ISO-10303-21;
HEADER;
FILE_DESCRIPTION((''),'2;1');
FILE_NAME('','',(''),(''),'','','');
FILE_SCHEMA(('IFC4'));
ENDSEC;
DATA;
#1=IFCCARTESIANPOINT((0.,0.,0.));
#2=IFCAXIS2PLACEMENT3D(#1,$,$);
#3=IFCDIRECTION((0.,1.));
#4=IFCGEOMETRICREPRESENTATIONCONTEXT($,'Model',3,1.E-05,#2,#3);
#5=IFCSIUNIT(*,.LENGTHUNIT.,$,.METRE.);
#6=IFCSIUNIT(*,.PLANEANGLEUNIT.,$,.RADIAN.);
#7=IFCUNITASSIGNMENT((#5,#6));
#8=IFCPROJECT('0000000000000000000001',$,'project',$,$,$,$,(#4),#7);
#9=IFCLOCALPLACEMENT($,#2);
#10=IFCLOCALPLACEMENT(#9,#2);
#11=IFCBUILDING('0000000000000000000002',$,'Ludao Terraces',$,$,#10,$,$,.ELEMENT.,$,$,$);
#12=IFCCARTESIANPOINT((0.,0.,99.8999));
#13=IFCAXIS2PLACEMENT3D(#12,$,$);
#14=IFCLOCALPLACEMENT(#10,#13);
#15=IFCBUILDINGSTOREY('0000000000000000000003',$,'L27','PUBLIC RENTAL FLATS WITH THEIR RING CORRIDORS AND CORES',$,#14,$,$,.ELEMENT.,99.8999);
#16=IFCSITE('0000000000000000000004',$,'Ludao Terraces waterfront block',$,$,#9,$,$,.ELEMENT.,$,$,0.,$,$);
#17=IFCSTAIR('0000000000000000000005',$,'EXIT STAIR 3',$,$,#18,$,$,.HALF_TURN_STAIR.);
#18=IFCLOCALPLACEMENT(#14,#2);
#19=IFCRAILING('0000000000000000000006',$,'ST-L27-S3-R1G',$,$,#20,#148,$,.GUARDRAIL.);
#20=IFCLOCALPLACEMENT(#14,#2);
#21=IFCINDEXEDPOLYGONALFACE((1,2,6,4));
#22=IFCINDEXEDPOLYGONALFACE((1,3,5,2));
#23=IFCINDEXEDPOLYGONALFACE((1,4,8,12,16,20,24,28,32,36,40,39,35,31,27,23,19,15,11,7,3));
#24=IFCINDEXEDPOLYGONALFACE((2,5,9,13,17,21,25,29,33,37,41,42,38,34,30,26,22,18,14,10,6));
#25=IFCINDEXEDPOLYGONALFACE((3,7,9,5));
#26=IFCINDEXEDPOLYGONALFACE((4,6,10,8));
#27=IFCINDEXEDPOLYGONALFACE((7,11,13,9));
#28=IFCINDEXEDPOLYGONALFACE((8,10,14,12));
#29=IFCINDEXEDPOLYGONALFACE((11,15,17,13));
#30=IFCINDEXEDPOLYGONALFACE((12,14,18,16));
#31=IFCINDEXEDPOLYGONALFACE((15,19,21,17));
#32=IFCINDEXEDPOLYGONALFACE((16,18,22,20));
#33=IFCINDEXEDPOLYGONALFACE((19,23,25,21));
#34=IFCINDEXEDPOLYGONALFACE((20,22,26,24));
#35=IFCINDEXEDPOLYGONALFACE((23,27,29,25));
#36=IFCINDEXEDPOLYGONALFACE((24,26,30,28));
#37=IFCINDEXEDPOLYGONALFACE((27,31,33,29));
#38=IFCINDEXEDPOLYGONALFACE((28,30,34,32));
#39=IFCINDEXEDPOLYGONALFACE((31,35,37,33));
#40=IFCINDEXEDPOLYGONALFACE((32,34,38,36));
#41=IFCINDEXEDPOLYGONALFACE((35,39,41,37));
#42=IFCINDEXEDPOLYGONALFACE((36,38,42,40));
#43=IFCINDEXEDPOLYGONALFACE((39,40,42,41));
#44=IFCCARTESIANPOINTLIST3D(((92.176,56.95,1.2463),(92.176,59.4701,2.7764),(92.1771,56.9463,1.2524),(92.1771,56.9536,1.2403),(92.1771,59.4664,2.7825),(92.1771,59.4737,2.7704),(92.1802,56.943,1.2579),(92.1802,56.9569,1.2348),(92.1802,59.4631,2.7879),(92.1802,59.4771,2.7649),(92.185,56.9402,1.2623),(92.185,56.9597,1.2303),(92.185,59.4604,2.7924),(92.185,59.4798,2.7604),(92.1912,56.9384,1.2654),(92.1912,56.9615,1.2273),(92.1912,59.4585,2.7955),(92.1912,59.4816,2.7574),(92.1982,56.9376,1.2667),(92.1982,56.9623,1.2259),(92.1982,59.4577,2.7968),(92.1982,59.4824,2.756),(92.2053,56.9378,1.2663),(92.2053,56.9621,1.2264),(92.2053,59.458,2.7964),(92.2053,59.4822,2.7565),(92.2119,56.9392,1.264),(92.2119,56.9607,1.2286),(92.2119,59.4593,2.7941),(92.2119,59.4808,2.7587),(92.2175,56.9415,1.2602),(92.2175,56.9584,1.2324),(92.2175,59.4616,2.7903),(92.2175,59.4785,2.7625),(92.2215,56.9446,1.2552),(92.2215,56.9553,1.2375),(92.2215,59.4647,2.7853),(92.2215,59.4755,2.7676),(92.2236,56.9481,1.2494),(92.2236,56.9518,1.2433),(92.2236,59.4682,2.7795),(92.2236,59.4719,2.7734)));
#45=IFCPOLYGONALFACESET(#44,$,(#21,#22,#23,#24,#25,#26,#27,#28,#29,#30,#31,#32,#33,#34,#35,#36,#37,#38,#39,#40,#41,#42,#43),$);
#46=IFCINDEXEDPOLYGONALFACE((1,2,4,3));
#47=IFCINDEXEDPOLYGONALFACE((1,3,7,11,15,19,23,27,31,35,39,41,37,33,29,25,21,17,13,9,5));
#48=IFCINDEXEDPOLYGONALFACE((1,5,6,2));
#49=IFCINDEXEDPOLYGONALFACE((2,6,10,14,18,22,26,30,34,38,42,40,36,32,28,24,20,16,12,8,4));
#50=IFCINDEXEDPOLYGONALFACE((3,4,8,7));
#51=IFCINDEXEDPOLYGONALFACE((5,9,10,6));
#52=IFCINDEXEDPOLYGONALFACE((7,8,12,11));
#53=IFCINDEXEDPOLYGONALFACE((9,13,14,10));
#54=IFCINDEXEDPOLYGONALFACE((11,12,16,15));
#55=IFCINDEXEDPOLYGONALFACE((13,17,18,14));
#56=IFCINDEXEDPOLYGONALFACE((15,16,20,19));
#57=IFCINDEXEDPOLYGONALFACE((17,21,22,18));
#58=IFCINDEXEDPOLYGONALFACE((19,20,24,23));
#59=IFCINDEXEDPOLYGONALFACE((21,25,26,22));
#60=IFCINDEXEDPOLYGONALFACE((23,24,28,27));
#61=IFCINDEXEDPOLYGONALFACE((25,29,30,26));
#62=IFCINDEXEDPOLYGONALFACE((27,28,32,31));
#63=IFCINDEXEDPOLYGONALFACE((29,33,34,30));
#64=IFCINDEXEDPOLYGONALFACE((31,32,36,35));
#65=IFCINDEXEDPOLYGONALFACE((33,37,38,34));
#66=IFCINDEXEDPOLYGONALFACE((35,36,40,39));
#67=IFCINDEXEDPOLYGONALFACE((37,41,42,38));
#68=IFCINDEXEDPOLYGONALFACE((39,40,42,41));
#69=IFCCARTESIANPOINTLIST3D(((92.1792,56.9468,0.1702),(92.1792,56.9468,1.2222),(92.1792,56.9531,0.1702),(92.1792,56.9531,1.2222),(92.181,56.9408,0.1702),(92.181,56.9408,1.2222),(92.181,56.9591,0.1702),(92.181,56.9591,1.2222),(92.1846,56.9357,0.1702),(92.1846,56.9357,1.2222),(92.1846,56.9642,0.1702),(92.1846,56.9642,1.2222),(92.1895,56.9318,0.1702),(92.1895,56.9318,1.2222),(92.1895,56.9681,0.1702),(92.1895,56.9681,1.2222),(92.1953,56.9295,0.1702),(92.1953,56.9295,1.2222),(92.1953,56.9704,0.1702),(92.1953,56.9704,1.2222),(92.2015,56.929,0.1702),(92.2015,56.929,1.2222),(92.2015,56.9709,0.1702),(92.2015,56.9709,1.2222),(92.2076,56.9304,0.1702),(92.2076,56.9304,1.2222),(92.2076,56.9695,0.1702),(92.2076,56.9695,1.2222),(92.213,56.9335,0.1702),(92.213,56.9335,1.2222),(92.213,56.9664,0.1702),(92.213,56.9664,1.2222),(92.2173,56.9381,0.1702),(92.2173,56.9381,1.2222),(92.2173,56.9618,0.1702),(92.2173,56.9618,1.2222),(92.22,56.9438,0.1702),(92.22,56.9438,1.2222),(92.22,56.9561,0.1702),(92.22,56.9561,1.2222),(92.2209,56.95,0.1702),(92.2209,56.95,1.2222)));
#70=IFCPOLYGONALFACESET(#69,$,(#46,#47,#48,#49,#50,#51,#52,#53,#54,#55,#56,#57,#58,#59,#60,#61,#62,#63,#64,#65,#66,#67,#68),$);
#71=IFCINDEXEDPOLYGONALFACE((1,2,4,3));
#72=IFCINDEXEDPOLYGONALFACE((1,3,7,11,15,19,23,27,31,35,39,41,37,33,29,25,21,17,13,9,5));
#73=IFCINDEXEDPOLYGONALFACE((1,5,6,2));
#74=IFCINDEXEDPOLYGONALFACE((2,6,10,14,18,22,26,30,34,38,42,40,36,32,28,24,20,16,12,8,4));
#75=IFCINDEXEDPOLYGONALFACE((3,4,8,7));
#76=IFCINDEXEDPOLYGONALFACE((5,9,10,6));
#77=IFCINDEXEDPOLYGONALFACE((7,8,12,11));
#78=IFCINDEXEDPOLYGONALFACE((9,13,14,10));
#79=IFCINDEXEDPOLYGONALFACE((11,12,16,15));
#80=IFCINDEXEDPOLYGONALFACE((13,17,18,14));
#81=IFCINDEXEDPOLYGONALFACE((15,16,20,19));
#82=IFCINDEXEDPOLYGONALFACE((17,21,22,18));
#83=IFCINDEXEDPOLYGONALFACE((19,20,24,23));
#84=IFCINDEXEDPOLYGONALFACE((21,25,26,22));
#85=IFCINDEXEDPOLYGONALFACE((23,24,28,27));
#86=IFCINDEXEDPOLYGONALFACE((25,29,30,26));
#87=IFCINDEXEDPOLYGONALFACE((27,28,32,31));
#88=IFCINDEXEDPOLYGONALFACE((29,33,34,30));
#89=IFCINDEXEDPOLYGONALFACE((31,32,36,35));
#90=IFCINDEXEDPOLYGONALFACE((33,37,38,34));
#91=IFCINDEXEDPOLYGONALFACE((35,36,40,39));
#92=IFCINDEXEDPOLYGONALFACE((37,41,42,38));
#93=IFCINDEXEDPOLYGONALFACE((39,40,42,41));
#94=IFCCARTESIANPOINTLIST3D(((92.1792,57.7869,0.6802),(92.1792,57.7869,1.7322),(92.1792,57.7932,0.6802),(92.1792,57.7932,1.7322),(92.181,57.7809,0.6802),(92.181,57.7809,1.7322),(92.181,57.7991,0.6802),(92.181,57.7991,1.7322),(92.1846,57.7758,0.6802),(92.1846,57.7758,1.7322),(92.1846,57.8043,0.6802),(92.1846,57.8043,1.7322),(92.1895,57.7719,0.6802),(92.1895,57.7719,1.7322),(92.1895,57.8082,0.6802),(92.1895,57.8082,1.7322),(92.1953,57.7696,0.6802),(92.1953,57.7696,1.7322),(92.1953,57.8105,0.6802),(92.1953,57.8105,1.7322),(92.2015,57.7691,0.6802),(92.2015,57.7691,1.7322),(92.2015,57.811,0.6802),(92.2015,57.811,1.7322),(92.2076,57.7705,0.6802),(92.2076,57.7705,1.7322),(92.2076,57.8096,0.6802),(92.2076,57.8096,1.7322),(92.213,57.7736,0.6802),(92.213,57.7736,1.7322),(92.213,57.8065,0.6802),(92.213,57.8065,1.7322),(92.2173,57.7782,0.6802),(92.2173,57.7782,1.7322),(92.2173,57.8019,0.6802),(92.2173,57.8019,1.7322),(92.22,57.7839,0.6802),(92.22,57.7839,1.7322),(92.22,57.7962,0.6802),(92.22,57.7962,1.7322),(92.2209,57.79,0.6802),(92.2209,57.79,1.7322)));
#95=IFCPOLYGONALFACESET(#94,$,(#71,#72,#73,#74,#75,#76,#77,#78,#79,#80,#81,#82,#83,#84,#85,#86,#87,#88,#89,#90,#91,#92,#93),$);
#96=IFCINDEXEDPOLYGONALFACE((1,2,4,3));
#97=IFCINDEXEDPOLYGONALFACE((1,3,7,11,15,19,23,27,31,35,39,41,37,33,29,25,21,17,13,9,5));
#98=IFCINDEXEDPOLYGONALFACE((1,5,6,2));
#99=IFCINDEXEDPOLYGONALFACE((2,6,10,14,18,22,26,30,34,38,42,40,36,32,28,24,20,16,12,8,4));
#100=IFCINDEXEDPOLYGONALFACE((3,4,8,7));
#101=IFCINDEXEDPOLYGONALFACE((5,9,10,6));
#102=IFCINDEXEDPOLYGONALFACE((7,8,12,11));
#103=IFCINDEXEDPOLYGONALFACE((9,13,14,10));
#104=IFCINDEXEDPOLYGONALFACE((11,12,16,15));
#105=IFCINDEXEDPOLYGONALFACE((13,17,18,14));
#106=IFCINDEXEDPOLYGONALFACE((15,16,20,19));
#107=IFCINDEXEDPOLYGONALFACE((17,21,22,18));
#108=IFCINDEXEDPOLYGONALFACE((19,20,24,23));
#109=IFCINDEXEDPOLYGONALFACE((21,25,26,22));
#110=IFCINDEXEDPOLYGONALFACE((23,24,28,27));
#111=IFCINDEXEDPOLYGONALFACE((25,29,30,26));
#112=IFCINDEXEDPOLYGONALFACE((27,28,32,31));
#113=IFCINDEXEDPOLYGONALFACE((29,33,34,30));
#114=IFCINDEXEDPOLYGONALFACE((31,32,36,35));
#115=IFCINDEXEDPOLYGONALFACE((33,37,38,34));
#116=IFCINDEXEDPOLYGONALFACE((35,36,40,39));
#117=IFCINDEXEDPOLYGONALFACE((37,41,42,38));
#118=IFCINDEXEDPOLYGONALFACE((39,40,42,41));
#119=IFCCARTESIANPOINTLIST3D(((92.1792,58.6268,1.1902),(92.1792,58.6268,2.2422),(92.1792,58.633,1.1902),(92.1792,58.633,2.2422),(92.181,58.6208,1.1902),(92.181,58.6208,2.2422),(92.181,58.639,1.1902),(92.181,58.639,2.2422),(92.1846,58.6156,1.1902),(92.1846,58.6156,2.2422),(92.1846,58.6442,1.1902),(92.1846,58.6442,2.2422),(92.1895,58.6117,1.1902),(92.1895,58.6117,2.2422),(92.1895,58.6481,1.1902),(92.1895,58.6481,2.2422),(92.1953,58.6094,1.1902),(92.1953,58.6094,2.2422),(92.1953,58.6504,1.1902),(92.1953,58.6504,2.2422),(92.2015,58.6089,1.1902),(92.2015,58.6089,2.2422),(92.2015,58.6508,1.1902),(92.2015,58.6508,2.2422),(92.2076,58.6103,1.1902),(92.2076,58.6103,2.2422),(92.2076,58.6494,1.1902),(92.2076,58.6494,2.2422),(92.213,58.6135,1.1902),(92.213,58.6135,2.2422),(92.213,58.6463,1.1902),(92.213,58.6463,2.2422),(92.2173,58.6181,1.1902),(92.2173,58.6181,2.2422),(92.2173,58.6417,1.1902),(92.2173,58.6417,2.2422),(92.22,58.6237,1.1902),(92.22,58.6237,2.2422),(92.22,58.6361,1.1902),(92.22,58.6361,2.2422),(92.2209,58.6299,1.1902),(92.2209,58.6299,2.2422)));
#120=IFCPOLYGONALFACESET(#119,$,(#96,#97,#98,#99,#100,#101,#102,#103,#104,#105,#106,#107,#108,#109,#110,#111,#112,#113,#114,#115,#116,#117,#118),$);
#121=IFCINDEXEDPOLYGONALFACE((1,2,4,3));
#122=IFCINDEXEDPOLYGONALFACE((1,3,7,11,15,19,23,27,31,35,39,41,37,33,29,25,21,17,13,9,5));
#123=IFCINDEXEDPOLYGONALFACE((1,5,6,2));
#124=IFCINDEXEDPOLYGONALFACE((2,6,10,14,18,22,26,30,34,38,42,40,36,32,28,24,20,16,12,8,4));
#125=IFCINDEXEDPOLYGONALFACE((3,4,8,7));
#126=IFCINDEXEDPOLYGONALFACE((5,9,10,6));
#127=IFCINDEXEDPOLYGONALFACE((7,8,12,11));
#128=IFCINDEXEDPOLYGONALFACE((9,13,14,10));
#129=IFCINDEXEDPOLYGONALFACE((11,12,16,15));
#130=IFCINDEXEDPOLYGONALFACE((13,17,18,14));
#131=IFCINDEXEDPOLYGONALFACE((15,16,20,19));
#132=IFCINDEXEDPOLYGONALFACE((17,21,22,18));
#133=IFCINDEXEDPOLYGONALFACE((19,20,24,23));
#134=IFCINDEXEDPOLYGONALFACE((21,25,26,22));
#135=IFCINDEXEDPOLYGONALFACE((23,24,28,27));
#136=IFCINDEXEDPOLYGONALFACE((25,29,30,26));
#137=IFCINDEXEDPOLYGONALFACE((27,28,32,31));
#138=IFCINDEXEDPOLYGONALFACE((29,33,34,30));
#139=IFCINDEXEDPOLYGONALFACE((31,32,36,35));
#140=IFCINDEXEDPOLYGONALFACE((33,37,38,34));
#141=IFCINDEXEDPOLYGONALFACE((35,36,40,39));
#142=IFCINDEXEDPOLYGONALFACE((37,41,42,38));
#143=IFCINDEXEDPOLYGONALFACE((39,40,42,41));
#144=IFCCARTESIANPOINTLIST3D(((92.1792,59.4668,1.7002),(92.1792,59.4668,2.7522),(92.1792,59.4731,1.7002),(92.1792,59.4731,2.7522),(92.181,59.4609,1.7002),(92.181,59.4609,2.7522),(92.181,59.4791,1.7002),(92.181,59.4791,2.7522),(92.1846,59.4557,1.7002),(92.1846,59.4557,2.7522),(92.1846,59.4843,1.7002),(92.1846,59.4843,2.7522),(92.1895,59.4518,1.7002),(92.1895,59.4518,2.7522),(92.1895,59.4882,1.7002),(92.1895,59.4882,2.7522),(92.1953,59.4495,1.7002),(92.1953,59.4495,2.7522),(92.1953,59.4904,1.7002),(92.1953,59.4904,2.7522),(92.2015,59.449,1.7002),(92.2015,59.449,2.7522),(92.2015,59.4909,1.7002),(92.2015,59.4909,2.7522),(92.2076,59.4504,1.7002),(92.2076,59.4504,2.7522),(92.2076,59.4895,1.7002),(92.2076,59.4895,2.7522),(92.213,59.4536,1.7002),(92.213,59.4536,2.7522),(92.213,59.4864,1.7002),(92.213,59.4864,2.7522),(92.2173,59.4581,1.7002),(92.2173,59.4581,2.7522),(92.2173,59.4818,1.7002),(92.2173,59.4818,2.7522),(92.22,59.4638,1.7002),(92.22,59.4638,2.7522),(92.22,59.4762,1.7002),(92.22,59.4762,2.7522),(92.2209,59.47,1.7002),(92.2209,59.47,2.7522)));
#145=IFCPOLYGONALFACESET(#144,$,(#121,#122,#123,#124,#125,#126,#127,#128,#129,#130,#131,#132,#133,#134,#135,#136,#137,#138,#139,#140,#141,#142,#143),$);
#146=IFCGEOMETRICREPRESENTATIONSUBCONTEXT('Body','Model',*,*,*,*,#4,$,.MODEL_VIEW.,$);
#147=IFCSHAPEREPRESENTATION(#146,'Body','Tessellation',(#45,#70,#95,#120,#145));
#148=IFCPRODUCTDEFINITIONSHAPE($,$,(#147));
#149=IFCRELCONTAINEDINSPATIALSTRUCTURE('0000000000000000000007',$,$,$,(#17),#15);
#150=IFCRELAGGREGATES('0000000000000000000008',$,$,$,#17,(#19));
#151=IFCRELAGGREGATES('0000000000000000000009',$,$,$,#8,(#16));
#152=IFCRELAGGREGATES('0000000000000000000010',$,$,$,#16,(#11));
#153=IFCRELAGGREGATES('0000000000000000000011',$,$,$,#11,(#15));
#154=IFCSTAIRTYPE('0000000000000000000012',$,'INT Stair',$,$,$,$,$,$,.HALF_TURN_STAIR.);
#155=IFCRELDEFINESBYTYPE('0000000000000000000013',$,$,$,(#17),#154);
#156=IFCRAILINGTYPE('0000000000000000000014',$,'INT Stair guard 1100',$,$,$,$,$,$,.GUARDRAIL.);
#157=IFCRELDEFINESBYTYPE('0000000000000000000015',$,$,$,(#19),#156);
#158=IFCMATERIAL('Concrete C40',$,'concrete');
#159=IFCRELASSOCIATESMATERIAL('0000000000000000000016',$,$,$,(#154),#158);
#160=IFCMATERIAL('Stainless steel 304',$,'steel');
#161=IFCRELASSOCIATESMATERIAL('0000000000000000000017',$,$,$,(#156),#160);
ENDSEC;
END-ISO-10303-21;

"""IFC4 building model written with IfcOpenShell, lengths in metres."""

from ifc_helpers import new_model, si_unit, direction, frame, origin, origin_2d, place, context, subcontext, project, spatial, circle, extrude, material, type_object, element, aggregate, save


model = new_model("IFC4")

# Units and contexts
model_context = context("Model", 3, precision=1e-05, world=origin(), true_north=direction((0.0, 1.0)))
body_context = subcontext(model_context, "Body", "Model", "MODEL_VIEW")
ifc_project = project(units=[si_unit("LENGTHUNIT", "METRE"), si_unit("PLANEANGLEUNIT", "RADIAN")], contexts=[model_context])

# Site, building, storey
site_placement = place(None, origin())
site = spatial("IfcSite", under=ifc_project, at=site_placement, Name="Ludao Terraces waterfront block", CompositionType="ELEMENT", RefElevation=0.0)
building_placement = place(site_placement, origin())
building = spatial("IfcBuilding", under=site, at=building_placement, Name="Ludao Terraces", CompositionType="ELEMENT")
storey_placement = place(building_placement, frame((0.0, 0.0, 99.8999)))
storey = spatial("IfcBuildingStorey", under=building, at=storey_placement, Name="L27", Description="PUBLIC RENTAL FLATS WITH THEIR RING CORRIDORS AND CORES", CompositionType="ELEMENT", Elevation=99.8999)

# Shared definitions
ifc_material_1 = material(Name="Concrete C40", Category="concrete")

# Stair, railing
stair_type = type_object("IfcStairType", Name="INT Stair", PredefinedType="HALF_TURN_STAIR", material=ifc_material_1)
stair_placement = place(storey_placement, origin())
stair = element("IfcStair", 1, at=stair_placement, inside=storey, type_object=stair_type, Name="EXIT STAIR 3", PredefinedType="HALF_TURN_STAIR")
ifc_material_2 = material(Name="Stainless steel 304", Category="steel")
railing_type_1 = type_object("IfcRailingType", Name="INT Stair guard 1100", PredefinedType="GUARDRAIL", material=ifc_material_2)
railing_1_placement = place(storey_placement, frame((92.2, 56.95, 0.1702)))
railing_1 = element("IfcRailing", 2, at=railing_1_placement, type_object=railing_type_1, Name="ST-L27-S3-R1G", PredefinedType="GUARDRAIL", context=body_context, shape_type="SweptSolid", body=[
    extrude(circle(Radius=0.0239, at=origin_2d()), frame((0.0, 0.0, 1.0762), z_axis=(0.0, 0.854785, 0.518982), x_axis=(-1.0, 0.0, 0.0)), (0.0, 0.0, 1.0), 2.9482),
    extrude(circle(Radius=0.021, at=origin_2d()), origin(), (0.0, 0.0, 1.0), 1.052),
    extrude(circle(Radius=0.021, at=origin_2d()), frame((0.0, 0.8401, 0.51)), (0.0, 0.0, 1.0), 1.052),
    extrude(circle(Radius=0.021, at=origin_2d()), frame((0.0, 1.6799, 1.02)), (0.0, 0.0, 1.0), 1.052),
    extrude(circle(Radius=0.021, at=origin_2d()), frame((0.0, 2.52, 1.53)), (0.0, 0.0, 1.0), 1.052),
])
aggregate(stair, [railing_1])

save(model, "model.ifc")
